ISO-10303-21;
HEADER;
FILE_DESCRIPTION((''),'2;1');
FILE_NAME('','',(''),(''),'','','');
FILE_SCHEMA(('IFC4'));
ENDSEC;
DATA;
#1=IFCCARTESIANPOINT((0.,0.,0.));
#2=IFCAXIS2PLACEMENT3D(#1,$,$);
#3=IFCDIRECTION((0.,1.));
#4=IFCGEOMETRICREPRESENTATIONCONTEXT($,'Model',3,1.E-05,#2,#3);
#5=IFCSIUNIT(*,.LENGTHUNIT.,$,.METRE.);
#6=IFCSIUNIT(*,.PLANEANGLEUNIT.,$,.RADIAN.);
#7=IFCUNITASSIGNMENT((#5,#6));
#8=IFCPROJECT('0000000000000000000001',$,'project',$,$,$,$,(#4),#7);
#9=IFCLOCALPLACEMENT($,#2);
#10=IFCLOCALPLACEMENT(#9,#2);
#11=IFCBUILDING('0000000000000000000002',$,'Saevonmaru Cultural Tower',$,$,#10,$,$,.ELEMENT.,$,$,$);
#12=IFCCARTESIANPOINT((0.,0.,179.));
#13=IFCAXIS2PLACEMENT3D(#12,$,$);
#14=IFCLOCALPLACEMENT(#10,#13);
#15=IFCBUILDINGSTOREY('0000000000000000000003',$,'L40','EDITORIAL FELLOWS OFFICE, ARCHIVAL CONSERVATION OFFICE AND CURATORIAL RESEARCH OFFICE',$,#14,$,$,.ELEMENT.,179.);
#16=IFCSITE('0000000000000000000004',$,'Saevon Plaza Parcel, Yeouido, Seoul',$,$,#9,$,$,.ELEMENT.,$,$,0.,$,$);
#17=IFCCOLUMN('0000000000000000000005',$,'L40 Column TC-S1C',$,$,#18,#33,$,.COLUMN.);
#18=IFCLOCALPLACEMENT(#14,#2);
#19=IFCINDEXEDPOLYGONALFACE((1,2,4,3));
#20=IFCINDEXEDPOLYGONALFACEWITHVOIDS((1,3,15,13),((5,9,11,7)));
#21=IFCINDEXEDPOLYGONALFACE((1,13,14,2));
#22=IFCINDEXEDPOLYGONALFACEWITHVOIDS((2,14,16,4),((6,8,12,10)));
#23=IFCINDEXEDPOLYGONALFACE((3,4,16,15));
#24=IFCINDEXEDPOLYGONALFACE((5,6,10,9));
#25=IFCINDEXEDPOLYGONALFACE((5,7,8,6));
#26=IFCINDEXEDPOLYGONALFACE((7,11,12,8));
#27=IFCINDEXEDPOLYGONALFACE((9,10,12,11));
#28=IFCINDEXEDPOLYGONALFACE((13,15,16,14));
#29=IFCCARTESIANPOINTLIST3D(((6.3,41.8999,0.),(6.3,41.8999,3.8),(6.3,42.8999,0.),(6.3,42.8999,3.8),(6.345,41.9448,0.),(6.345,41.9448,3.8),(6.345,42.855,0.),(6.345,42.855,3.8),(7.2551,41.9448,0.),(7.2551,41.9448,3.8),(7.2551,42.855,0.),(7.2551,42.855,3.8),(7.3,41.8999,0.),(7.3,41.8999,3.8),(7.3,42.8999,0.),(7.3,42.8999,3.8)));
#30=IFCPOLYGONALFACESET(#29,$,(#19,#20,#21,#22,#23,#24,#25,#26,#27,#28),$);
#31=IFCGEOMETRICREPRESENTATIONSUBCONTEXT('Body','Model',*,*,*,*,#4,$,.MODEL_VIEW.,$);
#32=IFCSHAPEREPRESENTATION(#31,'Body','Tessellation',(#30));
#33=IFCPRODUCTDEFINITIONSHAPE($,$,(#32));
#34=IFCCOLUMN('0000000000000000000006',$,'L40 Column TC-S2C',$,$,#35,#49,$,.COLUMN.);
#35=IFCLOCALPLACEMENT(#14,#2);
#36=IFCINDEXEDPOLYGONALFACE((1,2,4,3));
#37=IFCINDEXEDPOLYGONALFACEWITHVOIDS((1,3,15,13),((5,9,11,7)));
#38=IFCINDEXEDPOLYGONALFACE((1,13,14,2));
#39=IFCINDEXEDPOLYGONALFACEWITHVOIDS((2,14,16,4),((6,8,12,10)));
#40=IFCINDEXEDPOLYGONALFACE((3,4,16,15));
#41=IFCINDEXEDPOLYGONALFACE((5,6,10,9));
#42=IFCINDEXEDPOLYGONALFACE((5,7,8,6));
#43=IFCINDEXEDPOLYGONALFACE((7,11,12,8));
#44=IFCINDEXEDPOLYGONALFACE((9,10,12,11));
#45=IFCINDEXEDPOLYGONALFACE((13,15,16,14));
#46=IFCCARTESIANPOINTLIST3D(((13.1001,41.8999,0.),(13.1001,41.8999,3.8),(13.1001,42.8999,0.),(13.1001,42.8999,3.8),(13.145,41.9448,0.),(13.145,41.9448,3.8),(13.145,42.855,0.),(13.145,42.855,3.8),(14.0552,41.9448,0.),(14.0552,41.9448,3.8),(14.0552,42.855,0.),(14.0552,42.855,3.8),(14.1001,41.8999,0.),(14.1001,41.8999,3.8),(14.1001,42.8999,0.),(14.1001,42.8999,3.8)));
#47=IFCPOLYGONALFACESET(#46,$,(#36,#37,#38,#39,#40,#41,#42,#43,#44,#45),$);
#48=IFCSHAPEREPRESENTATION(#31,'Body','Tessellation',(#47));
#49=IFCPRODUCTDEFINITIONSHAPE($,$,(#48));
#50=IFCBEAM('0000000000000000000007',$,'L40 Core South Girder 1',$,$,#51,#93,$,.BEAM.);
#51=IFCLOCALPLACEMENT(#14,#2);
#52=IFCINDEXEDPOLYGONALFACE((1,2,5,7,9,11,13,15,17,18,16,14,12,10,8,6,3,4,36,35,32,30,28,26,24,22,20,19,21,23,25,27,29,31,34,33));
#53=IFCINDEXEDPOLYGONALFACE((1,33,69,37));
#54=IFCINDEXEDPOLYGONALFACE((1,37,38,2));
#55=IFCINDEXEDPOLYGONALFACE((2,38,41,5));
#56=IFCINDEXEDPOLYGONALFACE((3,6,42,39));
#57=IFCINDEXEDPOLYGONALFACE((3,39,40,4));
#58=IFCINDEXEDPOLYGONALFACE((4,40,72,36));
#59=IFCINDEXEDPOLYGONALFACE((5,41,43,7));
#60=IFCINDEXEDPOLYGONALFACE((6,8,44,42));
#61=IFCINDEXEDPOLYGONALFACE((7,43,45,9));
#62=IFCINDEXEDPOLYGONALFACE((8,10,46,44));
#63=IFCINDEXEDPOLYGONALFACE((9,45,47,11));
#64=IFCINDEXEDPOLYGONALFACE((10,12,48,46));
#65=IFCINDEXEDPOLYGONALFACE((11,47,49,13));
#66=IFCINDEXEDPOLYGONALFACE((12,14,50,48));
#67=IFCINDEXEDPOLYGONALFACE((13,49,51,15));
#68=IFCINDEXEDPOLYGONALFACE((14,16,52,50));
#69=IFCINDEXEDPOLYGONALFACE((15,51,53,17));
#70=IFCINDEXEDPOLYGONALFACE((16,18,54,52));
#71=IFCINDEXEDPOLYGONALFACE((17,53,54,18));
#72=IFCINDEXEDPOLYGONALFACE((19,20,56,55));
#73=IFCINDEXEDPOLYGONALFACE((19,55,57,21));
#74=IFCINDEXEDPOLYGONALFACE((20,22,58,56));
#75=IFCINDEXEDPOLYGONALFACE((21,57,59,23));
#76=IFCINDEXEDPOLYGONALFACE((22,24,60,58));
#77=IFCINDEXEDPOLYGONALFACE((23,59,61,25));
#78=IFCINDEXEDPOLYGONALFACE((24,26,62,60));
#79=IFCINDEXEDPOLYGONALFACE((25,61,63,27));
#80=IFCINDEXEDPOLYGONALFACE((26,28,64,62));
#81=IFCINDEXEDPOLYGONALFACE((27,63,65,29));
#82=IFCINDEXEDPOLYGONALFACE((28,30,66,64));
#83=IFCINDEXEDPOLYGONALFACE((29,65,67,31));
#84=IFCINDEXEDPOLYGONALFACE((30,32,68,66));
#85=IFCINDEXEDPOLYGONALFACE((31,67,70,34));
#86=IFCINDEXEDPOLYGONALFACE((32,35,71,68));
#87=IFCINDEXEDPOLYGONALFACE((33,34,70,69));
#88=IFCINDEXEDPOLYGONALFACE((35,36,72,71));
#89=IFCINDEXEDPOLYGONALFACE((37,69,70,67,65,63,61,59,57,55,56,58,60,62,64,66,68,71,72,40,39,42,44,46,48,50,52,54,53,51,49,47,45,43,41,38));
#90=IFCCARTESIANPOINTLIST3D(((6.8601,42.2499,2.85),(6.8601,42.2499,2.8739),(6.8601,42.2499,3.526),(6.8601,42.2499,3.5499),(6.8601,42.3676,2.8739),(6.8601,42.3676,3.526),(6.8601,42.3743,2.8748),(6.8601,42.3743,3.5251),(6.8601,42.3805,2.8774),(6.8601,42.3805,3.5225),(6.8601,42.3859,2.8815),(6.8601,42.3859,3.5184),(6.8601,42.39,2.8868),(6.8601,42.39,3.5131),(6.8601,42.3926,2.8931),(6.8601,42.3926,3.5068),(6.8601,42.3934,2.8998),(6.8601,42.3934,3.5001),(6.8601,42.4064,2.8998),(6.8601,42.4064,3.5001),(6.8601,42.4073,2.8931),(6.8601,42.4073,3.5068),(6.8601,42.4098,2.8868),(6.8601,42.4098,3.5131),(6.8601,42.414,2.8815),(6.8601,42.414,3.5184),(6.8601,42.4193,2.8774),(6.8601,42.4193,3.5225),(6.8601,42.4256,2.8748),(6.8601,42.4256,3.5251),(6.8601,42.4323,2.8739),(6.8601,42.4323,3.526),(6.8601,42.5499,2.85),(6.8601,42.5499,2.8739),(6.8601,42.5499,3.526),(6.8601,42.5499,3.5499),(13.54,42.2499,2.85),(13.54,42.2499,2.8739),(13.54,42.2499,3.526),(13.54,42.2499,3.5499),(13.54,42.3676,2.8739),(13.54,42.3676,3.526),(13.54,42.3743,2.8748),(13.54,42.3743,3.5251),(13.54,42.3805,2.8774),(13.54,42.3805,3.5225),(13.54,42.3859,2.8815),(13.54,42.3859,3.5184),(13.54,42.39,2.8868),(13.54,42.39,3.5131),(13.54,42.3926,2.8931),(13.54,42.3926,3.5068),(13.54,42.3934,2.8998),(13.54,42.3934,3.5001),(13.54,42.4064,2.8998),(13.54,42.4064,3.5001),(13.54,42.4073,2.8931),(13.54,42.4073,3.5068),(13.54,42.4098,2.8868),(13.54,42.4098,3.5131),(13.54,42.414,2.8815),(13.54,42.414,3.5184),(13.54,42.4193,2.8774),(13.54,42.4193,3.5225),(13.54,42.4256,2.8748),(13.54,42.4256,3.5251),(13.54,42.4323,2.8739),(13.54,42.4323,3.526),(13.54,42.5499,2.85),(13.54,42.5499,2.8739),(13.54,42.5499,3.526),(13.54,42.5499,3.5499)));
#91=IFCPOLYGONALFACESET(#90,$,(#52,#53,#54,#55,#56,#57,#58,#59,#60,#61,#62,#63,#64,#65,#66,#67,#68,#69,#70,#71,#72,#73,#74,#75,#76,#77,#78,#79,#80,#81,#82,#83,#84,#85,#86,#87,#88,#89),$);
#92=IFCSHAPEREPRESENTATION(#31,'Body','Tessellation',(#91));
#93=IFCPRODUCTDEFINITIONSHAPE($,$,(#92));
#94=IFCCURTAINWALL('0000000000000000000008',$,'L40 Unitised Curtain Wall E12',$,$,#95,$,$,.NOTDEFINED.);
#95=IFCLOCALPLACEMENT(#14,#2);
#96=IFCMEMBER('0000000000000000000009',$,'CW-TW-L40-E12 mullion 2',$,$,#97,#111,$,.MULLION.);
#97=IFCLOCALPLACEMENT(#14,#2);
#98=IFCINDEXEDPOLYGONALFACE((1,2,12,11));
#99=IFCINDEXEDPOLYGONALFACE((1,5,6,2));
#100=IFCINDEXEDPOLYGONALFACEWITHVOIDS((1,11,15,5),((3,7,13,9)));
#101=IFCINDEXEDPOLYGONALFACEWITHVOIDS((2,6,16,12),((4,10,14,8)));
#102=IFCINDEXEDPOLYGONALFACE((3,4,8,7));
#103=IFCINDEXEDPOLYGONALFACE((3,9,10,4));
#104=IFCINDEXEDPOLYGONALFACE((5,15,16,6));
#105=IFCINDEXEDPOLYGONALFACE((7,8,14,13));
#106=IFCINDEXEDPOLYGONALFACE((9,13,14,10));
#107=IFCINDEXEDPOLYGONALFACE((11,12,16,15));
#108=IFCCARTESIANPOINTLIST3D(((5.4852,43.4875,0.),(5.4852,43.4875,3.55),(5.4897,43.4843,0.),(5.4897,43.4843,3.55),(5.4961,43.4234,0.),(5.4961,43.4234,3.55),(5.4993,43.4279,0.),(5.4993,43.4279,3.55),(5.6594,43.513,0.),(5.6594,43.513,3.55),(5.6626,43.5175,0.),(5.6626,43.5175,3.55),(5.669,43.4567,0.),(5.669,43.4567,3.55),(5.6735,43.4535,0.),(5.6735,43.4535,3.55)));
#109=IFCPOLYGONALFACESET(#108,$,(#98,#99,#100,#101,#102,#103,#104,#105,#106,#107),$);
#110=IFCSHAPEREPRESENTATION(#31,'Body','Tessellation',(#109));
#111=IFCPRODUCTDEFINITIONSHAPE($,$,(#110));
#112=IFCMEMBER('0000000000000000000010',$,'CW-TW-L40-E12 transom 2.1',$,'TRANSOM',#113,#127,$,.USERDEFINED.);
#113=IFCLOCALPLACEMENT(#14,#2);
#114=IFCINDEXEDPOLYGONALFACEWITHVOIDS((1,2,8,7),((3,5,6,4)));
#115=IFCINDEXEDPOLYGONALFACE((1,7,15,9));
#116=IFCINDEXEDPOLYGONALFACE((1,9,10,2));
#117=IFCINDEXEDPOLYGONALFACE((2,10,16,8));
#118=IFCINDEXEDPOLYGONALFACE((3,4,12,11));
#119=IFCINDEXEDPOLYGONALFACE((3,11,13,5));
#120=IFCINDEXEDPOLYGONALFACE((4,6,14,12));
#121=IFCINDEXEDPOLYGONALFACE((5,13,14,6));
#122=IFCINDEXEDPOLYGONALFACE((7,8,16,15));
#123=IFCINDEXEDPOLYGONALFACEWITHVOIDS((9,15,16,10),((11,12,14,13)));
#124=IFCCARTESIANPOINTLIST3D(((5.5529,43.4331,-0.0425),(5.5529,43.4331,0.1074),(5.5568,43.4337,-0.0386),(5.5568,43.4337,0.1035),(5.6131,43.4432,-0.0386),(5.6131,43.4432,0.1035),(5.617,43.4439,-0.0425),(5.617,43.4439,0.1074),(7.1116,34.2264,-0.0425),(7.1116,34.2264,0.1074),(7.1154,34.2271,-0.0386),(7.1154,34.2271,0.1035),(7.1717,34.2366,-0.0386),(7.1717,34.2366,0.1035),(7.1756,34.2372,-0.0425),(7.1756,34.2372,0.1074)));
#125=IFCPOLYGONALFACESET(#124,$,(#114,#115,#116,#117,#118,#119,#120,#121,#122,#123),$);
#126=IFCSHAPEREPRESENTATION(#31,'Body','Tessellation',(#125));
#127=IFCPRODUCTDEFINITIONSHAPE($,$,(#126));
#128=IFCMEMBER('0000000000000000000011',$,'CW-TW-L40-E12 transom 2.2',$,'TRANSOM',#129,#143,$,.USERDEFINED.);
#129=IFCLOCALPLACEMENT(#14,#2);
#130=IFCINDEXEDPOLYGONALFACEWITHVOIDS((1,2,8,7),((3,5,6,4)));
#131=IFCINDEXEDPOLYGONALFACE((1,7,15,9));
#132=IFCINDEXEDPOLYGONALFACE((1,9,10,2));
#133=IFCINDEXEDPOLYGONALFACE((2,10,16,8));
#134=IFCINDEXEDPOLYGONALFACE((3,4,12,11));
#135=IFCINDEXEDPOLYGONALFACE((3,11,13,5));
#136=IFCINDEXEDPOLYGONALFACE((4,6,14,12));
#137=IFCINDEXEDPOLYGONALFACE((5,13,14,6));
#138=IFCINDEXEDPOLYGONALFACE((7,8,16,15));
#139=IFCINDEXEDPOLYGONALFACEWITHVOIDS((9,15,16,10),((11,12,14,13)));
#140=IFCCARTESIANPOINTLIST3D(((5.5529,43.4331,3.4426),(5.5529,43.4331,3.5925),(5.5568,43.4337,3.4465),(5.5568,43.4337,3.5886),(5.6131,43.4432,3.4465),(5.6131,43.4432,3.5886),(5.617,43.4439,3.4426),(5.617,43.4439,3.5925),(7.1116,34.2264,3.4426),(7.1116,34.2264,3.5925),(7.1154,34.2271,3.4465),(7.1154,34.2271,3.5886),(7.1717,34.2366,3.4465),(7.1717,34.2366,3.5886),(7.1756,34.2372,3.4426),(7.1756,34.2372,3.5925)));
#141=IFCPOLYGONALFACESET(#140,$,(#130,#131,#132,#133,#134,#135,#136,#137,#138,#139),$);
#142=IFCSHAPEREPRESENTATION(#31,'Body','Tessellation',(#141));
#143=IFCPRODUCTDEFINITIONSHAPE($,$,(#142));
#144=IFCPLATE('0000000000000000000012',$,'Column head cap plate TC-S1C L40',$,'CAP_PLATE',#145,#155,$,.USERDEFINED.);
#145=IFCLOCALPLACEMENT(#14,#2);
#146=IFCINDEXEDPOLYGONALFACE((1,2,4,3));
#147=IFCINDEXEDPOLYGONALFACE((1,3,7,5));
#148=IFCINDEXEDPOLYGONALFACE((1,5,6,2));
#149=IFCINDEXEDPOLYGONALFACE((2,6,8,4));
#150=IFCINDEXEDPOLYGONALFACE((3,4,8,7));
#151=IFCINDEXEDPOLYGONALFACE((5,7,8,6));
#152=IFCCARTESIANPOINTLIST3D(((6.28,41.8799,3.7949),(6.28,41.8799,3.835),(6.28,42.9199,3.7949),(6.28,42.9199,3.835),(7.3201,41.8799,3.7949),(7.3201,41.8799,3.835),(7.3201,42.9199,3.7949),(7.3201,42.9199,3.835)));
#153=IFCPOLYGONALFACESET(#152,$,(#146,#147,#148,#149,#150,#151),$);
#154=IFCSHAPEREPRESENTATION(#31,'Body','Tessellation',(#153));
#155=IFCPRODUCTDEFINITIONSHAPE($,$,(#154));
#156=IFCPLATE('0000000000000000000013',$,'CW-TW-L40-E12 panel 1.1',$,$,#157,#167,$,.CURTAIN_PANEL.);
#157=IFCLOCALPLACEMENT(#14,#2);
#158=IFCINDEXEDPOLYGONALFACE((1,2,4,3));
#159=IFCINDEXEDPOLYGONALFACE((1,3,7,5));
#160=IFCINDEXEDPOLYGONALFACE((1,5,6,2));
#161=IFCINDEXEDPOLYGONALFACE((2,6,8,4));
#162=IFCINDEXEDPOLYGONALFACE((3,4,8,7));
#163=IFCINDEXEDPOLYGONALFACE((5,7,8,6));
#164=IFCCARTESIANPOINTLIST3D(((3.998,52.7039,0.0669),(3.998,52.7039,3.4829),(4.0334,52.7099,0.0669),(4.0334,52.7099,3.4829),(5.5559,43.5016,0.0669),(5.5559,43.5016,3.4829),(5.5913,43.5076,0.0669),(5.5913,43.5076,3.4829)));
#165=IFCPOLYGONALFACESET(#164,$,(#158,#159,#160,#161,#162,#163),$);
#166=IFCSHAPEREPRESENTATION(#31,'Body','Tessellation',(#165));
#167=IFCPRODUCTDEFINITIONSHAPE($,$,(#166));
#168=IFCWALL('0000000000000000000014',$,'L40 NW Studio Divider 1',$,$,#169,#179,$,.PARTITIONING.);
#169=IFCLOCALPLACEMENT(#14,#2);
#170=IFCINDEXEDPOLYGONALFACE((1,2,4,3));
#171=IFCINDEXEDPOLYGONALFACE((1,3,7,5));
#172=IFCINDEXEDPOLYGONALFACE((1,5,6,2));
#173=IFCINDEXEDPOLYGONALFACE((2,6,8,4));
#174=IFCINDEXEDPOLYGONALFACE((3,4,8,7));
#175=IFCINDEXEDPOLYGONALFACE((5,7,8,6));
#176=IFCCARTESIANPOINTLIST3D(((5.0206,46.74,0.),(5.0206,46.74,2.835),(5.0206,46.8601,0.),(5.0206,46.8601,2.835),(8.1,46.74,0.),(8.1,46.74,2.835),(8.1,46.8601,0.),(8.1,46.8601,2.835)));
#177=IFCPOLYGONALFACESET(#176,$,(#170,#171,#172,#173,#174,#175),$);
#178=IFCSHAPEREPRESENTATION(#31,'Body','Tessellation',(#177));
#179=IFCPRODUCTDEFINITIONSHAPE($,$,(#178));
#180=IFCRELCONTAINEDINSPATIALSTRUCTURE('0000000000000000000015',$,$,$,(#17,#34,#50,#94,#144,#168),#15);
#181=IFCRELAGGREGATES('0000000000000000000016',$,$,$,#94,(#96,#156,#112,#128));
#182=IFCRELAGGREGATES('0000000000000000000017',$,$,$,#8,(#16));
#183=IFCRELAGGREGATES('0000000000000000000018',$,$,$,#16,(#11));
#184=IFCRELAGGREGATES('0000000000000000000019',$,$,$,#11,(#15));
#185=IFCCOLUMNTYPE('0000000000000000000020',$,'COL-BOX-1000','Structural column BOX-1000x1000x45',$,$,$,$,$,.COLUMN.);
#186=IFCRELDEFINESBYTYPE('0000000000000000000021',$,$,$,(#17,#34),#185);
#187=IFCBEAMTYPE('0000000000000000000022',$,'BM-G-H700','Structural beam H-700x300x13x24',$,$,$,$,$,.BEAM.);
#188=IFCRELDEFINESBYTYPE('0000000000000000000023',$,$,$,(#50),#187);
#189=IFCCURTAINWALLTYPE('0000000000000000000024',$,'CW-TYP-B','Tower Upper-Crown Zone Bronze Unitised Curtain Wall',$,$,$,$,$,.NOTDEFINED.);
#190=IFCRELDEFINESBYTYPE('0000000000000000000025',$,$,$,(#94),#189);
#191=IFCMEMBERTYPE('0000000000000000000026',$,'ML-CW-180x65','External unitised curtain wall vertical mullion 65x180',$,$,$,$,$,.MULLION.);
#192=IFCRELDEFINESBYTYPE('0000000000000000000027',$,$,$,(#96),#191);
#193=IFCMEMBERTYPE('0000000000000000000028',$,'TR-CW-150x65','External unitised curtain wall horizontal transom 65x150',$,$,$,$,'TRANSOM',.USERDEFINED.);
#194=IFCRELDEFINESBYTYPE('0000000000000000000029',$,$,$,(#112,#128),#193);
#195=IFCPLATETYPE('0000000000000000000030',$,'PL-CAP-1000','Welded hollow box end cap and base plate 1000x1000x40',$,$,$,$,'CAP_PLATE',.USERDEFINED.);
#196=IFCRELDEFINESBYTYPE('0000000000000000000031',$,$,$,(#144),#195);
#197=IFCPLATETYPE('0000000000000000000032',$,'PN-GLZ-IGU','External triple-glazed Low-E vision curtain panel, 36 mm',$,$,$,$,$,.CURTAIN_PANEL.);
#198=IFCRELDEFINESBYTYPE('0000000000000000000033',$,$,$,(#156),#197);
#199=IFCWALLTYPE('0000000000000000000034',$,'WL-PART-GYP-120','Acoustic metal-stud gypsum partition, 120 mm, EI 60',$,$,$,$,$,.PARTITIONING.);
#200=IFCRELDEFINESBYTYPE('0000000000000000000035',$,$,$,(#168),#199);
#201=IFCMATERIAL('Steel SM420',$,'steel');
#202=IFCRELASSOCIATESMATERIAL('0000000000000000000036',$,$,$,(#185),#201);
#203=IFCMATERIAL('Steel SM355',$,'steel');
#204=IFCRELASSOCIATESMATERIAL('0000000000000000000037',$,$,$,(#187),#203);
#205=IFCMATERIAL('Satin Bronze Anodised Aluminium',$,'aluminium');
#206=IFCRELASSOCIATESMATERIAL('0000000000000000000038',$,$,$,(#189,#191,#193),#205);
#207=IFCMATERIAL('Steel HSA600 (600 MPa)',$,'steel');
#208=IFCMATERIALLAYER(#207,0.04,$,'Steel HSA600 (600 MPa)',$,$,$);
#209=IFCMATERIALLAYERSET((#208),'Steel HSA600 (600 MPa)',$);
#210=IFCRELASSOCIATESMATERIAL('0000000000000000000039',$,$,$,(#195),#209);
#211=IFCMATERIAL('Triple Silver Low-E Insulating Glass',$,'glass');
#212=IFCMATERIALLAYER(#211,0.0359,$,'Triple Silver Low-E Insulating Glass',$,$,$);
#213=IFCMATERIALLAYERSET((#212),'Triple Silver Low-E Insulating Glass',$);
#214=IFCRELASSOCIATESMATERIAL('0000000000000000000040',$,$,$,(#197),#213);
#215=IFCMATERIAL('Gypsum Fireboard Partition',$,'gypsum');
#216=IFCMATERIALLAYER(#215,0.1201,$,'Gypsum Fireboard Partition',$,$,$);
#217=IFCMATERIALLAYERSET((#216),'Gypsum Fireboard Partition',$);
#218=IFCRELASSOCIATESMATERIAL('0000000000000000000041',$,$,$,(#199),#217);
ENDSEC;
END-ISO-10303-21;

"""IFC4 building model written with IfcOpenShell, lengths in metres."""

from ifc_helpers import new_model, si_unit, direction, frame, frame_2d, origin, origin_2d, place, context, subcontext, project, spatial, rectangle, hollow_rectangle, i_section, extrude, material, layer, layer_set, material_profile, profile_set, type_object, element, aggregate, save


model = new_model("IFC4")

# Units and contexts
model_context = context("Model", 3, precision=1e-05, world=origin(), true_north=direction((0.0, 1.0)))
body_context = subcontext(model_context, "Body", "Model", "MODEL_VIEW")
ifc_project = project(units=[si_unit("LENGTHUNIT", "METRE"), si_unit("PLANEANGLEUNIT", "RADIAN")], contexts=[model_context])

# Site, building, storey
site_placement = place(None, origin())
site = spatial("IfcSite", under=ifc_project, at=site_placement, Name="Saevon Plaza Parcel, Yeouido, Seoul", CompositionType="ELEMENT", RefElevation=0.0)
building_placement = place(site_placement, origin())
building = spatial("IfcBuilding", under=site, at=building_placement, Name="Saevonmaru Cultural Tower", CompositionType="ELEMENT")
storey_placement = place(building_placement, frame((0.0, 0.0, 179.0)))
storey = spatial("IfcBuildingStorey", under=building, at=storey_placement, Name="L40", Description="EDITORIAL FELLOWS OFFICE, ARCHIVAL CONSERVATION OFFICE AND CURATORIAL RESEARCH OFFICE", CompositionType="ELEMENT", Elevation=179.0)

# Columns
ifc_material_1 = material(Name="Steel SM420", Category="steel")
ifc_material_profile_1 = material_profile(ifc_material_1, hollow_rectangle(XDim=1.0, YDim=1.0, WallThickness=0.0449, at=origin_2d()), Name="BOX-1000x1000x45")
ifc_profile_set_1 = profile_set([ifc_material_profile_1], Name="Steel SM420")
column_type = type_object("IfcColumnType", Name="COL-BOX-1000", Description="Structural column BOX-1000x1000x45", PredefinedType="COLUMN", material=ifc_profile_set_1)
for number, where, z_axis, x_axis, name in (
    (1, (6.8, 42.3999, 0.0), (0.0, 0.0, 1.0), (1.0, 0.0, 0.0), "L40 Column TC-S1C"),
    (2, (13.6001, 42.3999, 0.0), (0.0, 0.0, 1.0), (1.0, 0.0, 0.0), "L40 Column TC-S2C"),
):
    element("IfcColumn", number, at=place(storey_placement, frame(where, z_axis=z_axis, x_axis=x_axis)), inside=storey, type_object=column_type, Name=name, PredefinedType="COLUMN", context=body_context, shape_type="SweptSolid", body=[
        extrude(hollow_rectangle(XDim=1.0, YDim=1.0, WallThickness=0.0449, at=origin_2d()), origin(), (0.0, 0.0, 1.0), 3.8),
    ])

# Beam
ifc_material_2 = material(Name="Steel SM355", Category="steel")
ifc_material_profile_2 = material_profile(ifc_material_2, i_section(OverallWidth=0.3, OverallDepth=0.7, WebThickness=0.0129, FlangeThickness=0.0239, FilletRadius=0.0259, at=origin_2d()), Name="H-700x300x13x24")
ifc_profile_set_2 = profile_set([ifc_material_profile_2], Name="Steel SM355")
beam_type = type_object("IfcBeamType", Name="BM-G-H700", Description="Structural beam H-700x300x13x24", PredefinedType="BEAM", material=ifc_profile_set_2)
beam_placement = place(storey_placement, frame((6.8601, 42.3999, 3.2), z_axis=(1.0, 0.0, 0.0), x_axis=(0.0, 1.0, 0.0)))
element("IfcBeam", 3, at=beam_placement, inside=storey, type_object=beam_type, Name="L40 Core South Girder 1", PredefinedType="BEAM", context=body_context, shape_type="SweptSolid", body=[
    extrude(i_section(OverallWidth=0.3, OverallDepth=0.7, WebThickness=0.0129, FlangeThickness=0.0239, FilletRadius=0.0259, at=origin_2d()), origin(), (0.0, 0.0, 1.0), 6.6799),
])

# Curtain wall, members
ifc_material_3 = material(Name="Satin Bronze Anodised Aluminium", Category="aluminium")
curtain_wall_type = type_object("IfcCurtainWallType", Name="CW-TYP-B", Description="Tower Upper-Crown Zone Bronze Unitised Curtain Wall", PredefinedType="NOTDEFINED", material=ifc_material_3)
curtain_wall_placement = place(storey_placement, origin())
curtain_wall = element("IfcCurtainWall", 4, at=curtain_wall_placement, inside=storey, type_object=curtain_wall_type, Name="L40 Unitised Curtain Wall E12", PredefinedType="NOTDEFINED")
ifc_material_profile_3 = material_profile(ifc_material_3, hollow_rectangle(XDim=0.0649, YDim=0.1799, WallThickness=0.0039, at=origin_2d()), Name="ALU-MULL-180x65x4")
ifc_profile_set_3 = profile_set([ifc_material_profile_3], Name="Satin Bronze Anodised Aluminium")
member_type_1 = type_object("IfcMemberType", Name="ML-CW-180x65", Description="External unitised curtain wall vertical mullion 65x180", PredefinedType="MULLION", material=ifc_profile_set_3)
member_1_placement = place(storey_placement, frame((5.5793, 43.4705, 0.0), z_axis=(0.0, 0.0, 1.0), x_axis=(0.166922, -0.98597, 0.0)))
member_1 = element("IfcMember", 5, at=member_1_placement, type_object=member_type_1, Name="CW-TW-L40-E12 mullion 2", PredefinedType="MULLION", context=body_context, shape_type="SweptSolid", body=[
    extrude(hollow_rectangle(XDim=0.0649, YDim=0.1799, WallThickness=0.0039, at=origin_2d()), origin(), (0.0, 0.0, 1.0), 3.55),
])
ifc_material_profile_4 = material_profile(ifc_material_3, hollow_rectangle(XDim=0.0649, YDim=0.1499, WallThickness=0.0039, at=origin_2d()), Name="ALU-TRAN-150x65x4")
ifc_profile_set_4 = profile_set([ifc_material_profile_4], Name="Satin Bronze Anodised Aluminium")
member_type_2 = type_object("IfcMemberType", Name="TR-CW-150x65", Description="External unitised curtain wall horizontal transom 65x150", ElementType="TRANSOM", PredefinedType="USERDEFINED", material=ifc_profile_set_4)
member_2_placement = place(storey_placement, frame((5.585, 43.4385, 0.0325), z_axis=(0.166917, -0.985971, 0.0), x_axis=(0.985971, 0.166917, 0.0)))
member_2 = element("IfcMember", 6, at=member_2_placement, type_object=member_type_2, Name="CW-TW-L40-E12 transom 2.1", ObjectType="TRANSOM", PredefinedType="USERDEFINED", context=body_context, shape_type="SweptSolid", body=[
    extrude(hollow_rectangle(XDim=0.0649, YDim=0.1499, WallThickness=0.0039, at=origin_2d()), origin(), (0.0, 0.0, 1.0), 9.3376),
])
member_3_placement = place(storey_placement, frame((5.585, 43.4385, 3.5176), z_axis=(0.166917, -0.985971, 0.0), x_axis=(0.985971, 0.166917, 0.0)))
member_3 = element("IfcMember", 7, at=member_3_placement, type_object=member_type_2, Name="CW-TW-L40-E12 transom 2.2", ObjectType="TRANSOM", PredefinedType="USERDEFINED", context=body_context, shape_type="SweptSolid", body=[
    extrude(hollow_rectangle(XDim=0.0649, YDim=0.1499, WallThickness=0.0039, at=origin_2d()), origin(), (0.0, 0.0, 1.0), 9.3376),
])

# Plates
ifc_material_4 = material(Name="Steel HSA600 (600 MPa)", Category="steel")
ifc_layer_1 = layer(ifc_material_4, 0.04, Name="Steel HSA600 (600 MPa)")
ifc_layer_set_1 = layer_set([ifc_layer_1], Name="Steel HSA600 (600 MPa)")
plate_type_1 = type_object("IfcPlateType", Name="PL-CAP-1000", Description="Welded hollow box end cap and base plate 1000x1000x40", ElementType="CAP_PLATE", PredefinedType="USERDEFINED", material=ifc_layer_set_1)
plate_1_placement = place(storey_placement, frame((6.8, 42.3999, 3.7949), z_axis=(0.0, 0.0, 1.0), x_axis=(1.0, 0.0, 0.0)))
element("IfcPlate", 8, at=plate_1_placement, inside=storey, type_object=plate_type_1, Name="Column head cap plate TC-S1C L40", ObjectType="CAP_PLATE", PredefinedType="USERDEFINED", context=body_context, shape_type="SweptSolid", body=[
    extrude(rectangle(XDim=1.04, YDim=1.04, at=origin_2d()), origin(), (0.0, 0.0, 1.0), 0.04),
])
ifc_material_5 = material(Name="Triple Silver Low-E Insulating Glass", Category="glass")
ifc_layer_2 = layer(ifc_material_5, 0.0359, Name="Triple Silver Low-E Insulating Glass")
ifc_layer_set_2 = layer_set([ifc_layer_2], Name="Triple Silver Low-E Insulating Glass")
plate_type_2 = type_object("IfcPlateType", Name="PN-GLZ-IGU", Description="External triple-glazed Low-E vision curtain panel, 36 mm", PredefinedType="CURTAIN_PANEL", material=ifc_layer_set_2)
plate_2_placement = place(storey_placement, frame((4.7947, 48.1057, 0.0669), z_axis=(0.0, 0.0, 1.0), x_axis=(0.166922, -0.98597, 0.0)))
plate_2 = element("IfcPlate", 9, at=plate_2_placement, type_object=plate_type_2, Name="CW-TW-L40-E12 panel 1.1", PredefinedType="CURTAIN_PANEL", context=body_context, shape_type="SweptSolid", body=[
    extrude(rectangle(XDim=9.3333, YDim=0.0359, at=origin_2d()), origin(), (0.0, 0.0, 1.0), 3.416),
])
aggregate(curtain_wall, [member_1, plate_2, member_2, member_3])

# Wall
ifc_material_6 = material(Name="Gypsum Fireboard Partition", Category="gypsum")
ifc_layer_3 = layer(ifc_material_6, 0.1201, Name="Gypsum Fireboard Partition")
ifc_layer_set_3 = layer_set([ifc_layer_3], Name="Gypsum Fireboard Partition")
wall_type_1 = type_object("IfcWallType", Name="WL-PART-GYP-120", Description="Acoustic metal-stud gypsum partition, 120 mm, EI 60", PredefinedType="PARTITIONING", material=ifc_layer_set_3)
wall_1_placement = place(storey_placement, frame((5.0208, 46.8, 0.0), z_axis=(0.0, 0.0, 1.0), x_axis=(1.0, 0.0, 0.0)))
element("IfcWall", 10, at=wall_1_placement, inside=storey, type_object=wall_type_1, Name="L40 NW Studio Divider 1", PredefinedType="PARTITIONING", context=body_context, shape_type="SweptSolid", body=[
    extrude(rectangle(XDim=3.0793, YDim=0.1201, at=frame_2d((1.5396, 0.0))), origin(), (0.0, 0.0, 1.0), 2.835),
])

save(model, "model.ifc")
